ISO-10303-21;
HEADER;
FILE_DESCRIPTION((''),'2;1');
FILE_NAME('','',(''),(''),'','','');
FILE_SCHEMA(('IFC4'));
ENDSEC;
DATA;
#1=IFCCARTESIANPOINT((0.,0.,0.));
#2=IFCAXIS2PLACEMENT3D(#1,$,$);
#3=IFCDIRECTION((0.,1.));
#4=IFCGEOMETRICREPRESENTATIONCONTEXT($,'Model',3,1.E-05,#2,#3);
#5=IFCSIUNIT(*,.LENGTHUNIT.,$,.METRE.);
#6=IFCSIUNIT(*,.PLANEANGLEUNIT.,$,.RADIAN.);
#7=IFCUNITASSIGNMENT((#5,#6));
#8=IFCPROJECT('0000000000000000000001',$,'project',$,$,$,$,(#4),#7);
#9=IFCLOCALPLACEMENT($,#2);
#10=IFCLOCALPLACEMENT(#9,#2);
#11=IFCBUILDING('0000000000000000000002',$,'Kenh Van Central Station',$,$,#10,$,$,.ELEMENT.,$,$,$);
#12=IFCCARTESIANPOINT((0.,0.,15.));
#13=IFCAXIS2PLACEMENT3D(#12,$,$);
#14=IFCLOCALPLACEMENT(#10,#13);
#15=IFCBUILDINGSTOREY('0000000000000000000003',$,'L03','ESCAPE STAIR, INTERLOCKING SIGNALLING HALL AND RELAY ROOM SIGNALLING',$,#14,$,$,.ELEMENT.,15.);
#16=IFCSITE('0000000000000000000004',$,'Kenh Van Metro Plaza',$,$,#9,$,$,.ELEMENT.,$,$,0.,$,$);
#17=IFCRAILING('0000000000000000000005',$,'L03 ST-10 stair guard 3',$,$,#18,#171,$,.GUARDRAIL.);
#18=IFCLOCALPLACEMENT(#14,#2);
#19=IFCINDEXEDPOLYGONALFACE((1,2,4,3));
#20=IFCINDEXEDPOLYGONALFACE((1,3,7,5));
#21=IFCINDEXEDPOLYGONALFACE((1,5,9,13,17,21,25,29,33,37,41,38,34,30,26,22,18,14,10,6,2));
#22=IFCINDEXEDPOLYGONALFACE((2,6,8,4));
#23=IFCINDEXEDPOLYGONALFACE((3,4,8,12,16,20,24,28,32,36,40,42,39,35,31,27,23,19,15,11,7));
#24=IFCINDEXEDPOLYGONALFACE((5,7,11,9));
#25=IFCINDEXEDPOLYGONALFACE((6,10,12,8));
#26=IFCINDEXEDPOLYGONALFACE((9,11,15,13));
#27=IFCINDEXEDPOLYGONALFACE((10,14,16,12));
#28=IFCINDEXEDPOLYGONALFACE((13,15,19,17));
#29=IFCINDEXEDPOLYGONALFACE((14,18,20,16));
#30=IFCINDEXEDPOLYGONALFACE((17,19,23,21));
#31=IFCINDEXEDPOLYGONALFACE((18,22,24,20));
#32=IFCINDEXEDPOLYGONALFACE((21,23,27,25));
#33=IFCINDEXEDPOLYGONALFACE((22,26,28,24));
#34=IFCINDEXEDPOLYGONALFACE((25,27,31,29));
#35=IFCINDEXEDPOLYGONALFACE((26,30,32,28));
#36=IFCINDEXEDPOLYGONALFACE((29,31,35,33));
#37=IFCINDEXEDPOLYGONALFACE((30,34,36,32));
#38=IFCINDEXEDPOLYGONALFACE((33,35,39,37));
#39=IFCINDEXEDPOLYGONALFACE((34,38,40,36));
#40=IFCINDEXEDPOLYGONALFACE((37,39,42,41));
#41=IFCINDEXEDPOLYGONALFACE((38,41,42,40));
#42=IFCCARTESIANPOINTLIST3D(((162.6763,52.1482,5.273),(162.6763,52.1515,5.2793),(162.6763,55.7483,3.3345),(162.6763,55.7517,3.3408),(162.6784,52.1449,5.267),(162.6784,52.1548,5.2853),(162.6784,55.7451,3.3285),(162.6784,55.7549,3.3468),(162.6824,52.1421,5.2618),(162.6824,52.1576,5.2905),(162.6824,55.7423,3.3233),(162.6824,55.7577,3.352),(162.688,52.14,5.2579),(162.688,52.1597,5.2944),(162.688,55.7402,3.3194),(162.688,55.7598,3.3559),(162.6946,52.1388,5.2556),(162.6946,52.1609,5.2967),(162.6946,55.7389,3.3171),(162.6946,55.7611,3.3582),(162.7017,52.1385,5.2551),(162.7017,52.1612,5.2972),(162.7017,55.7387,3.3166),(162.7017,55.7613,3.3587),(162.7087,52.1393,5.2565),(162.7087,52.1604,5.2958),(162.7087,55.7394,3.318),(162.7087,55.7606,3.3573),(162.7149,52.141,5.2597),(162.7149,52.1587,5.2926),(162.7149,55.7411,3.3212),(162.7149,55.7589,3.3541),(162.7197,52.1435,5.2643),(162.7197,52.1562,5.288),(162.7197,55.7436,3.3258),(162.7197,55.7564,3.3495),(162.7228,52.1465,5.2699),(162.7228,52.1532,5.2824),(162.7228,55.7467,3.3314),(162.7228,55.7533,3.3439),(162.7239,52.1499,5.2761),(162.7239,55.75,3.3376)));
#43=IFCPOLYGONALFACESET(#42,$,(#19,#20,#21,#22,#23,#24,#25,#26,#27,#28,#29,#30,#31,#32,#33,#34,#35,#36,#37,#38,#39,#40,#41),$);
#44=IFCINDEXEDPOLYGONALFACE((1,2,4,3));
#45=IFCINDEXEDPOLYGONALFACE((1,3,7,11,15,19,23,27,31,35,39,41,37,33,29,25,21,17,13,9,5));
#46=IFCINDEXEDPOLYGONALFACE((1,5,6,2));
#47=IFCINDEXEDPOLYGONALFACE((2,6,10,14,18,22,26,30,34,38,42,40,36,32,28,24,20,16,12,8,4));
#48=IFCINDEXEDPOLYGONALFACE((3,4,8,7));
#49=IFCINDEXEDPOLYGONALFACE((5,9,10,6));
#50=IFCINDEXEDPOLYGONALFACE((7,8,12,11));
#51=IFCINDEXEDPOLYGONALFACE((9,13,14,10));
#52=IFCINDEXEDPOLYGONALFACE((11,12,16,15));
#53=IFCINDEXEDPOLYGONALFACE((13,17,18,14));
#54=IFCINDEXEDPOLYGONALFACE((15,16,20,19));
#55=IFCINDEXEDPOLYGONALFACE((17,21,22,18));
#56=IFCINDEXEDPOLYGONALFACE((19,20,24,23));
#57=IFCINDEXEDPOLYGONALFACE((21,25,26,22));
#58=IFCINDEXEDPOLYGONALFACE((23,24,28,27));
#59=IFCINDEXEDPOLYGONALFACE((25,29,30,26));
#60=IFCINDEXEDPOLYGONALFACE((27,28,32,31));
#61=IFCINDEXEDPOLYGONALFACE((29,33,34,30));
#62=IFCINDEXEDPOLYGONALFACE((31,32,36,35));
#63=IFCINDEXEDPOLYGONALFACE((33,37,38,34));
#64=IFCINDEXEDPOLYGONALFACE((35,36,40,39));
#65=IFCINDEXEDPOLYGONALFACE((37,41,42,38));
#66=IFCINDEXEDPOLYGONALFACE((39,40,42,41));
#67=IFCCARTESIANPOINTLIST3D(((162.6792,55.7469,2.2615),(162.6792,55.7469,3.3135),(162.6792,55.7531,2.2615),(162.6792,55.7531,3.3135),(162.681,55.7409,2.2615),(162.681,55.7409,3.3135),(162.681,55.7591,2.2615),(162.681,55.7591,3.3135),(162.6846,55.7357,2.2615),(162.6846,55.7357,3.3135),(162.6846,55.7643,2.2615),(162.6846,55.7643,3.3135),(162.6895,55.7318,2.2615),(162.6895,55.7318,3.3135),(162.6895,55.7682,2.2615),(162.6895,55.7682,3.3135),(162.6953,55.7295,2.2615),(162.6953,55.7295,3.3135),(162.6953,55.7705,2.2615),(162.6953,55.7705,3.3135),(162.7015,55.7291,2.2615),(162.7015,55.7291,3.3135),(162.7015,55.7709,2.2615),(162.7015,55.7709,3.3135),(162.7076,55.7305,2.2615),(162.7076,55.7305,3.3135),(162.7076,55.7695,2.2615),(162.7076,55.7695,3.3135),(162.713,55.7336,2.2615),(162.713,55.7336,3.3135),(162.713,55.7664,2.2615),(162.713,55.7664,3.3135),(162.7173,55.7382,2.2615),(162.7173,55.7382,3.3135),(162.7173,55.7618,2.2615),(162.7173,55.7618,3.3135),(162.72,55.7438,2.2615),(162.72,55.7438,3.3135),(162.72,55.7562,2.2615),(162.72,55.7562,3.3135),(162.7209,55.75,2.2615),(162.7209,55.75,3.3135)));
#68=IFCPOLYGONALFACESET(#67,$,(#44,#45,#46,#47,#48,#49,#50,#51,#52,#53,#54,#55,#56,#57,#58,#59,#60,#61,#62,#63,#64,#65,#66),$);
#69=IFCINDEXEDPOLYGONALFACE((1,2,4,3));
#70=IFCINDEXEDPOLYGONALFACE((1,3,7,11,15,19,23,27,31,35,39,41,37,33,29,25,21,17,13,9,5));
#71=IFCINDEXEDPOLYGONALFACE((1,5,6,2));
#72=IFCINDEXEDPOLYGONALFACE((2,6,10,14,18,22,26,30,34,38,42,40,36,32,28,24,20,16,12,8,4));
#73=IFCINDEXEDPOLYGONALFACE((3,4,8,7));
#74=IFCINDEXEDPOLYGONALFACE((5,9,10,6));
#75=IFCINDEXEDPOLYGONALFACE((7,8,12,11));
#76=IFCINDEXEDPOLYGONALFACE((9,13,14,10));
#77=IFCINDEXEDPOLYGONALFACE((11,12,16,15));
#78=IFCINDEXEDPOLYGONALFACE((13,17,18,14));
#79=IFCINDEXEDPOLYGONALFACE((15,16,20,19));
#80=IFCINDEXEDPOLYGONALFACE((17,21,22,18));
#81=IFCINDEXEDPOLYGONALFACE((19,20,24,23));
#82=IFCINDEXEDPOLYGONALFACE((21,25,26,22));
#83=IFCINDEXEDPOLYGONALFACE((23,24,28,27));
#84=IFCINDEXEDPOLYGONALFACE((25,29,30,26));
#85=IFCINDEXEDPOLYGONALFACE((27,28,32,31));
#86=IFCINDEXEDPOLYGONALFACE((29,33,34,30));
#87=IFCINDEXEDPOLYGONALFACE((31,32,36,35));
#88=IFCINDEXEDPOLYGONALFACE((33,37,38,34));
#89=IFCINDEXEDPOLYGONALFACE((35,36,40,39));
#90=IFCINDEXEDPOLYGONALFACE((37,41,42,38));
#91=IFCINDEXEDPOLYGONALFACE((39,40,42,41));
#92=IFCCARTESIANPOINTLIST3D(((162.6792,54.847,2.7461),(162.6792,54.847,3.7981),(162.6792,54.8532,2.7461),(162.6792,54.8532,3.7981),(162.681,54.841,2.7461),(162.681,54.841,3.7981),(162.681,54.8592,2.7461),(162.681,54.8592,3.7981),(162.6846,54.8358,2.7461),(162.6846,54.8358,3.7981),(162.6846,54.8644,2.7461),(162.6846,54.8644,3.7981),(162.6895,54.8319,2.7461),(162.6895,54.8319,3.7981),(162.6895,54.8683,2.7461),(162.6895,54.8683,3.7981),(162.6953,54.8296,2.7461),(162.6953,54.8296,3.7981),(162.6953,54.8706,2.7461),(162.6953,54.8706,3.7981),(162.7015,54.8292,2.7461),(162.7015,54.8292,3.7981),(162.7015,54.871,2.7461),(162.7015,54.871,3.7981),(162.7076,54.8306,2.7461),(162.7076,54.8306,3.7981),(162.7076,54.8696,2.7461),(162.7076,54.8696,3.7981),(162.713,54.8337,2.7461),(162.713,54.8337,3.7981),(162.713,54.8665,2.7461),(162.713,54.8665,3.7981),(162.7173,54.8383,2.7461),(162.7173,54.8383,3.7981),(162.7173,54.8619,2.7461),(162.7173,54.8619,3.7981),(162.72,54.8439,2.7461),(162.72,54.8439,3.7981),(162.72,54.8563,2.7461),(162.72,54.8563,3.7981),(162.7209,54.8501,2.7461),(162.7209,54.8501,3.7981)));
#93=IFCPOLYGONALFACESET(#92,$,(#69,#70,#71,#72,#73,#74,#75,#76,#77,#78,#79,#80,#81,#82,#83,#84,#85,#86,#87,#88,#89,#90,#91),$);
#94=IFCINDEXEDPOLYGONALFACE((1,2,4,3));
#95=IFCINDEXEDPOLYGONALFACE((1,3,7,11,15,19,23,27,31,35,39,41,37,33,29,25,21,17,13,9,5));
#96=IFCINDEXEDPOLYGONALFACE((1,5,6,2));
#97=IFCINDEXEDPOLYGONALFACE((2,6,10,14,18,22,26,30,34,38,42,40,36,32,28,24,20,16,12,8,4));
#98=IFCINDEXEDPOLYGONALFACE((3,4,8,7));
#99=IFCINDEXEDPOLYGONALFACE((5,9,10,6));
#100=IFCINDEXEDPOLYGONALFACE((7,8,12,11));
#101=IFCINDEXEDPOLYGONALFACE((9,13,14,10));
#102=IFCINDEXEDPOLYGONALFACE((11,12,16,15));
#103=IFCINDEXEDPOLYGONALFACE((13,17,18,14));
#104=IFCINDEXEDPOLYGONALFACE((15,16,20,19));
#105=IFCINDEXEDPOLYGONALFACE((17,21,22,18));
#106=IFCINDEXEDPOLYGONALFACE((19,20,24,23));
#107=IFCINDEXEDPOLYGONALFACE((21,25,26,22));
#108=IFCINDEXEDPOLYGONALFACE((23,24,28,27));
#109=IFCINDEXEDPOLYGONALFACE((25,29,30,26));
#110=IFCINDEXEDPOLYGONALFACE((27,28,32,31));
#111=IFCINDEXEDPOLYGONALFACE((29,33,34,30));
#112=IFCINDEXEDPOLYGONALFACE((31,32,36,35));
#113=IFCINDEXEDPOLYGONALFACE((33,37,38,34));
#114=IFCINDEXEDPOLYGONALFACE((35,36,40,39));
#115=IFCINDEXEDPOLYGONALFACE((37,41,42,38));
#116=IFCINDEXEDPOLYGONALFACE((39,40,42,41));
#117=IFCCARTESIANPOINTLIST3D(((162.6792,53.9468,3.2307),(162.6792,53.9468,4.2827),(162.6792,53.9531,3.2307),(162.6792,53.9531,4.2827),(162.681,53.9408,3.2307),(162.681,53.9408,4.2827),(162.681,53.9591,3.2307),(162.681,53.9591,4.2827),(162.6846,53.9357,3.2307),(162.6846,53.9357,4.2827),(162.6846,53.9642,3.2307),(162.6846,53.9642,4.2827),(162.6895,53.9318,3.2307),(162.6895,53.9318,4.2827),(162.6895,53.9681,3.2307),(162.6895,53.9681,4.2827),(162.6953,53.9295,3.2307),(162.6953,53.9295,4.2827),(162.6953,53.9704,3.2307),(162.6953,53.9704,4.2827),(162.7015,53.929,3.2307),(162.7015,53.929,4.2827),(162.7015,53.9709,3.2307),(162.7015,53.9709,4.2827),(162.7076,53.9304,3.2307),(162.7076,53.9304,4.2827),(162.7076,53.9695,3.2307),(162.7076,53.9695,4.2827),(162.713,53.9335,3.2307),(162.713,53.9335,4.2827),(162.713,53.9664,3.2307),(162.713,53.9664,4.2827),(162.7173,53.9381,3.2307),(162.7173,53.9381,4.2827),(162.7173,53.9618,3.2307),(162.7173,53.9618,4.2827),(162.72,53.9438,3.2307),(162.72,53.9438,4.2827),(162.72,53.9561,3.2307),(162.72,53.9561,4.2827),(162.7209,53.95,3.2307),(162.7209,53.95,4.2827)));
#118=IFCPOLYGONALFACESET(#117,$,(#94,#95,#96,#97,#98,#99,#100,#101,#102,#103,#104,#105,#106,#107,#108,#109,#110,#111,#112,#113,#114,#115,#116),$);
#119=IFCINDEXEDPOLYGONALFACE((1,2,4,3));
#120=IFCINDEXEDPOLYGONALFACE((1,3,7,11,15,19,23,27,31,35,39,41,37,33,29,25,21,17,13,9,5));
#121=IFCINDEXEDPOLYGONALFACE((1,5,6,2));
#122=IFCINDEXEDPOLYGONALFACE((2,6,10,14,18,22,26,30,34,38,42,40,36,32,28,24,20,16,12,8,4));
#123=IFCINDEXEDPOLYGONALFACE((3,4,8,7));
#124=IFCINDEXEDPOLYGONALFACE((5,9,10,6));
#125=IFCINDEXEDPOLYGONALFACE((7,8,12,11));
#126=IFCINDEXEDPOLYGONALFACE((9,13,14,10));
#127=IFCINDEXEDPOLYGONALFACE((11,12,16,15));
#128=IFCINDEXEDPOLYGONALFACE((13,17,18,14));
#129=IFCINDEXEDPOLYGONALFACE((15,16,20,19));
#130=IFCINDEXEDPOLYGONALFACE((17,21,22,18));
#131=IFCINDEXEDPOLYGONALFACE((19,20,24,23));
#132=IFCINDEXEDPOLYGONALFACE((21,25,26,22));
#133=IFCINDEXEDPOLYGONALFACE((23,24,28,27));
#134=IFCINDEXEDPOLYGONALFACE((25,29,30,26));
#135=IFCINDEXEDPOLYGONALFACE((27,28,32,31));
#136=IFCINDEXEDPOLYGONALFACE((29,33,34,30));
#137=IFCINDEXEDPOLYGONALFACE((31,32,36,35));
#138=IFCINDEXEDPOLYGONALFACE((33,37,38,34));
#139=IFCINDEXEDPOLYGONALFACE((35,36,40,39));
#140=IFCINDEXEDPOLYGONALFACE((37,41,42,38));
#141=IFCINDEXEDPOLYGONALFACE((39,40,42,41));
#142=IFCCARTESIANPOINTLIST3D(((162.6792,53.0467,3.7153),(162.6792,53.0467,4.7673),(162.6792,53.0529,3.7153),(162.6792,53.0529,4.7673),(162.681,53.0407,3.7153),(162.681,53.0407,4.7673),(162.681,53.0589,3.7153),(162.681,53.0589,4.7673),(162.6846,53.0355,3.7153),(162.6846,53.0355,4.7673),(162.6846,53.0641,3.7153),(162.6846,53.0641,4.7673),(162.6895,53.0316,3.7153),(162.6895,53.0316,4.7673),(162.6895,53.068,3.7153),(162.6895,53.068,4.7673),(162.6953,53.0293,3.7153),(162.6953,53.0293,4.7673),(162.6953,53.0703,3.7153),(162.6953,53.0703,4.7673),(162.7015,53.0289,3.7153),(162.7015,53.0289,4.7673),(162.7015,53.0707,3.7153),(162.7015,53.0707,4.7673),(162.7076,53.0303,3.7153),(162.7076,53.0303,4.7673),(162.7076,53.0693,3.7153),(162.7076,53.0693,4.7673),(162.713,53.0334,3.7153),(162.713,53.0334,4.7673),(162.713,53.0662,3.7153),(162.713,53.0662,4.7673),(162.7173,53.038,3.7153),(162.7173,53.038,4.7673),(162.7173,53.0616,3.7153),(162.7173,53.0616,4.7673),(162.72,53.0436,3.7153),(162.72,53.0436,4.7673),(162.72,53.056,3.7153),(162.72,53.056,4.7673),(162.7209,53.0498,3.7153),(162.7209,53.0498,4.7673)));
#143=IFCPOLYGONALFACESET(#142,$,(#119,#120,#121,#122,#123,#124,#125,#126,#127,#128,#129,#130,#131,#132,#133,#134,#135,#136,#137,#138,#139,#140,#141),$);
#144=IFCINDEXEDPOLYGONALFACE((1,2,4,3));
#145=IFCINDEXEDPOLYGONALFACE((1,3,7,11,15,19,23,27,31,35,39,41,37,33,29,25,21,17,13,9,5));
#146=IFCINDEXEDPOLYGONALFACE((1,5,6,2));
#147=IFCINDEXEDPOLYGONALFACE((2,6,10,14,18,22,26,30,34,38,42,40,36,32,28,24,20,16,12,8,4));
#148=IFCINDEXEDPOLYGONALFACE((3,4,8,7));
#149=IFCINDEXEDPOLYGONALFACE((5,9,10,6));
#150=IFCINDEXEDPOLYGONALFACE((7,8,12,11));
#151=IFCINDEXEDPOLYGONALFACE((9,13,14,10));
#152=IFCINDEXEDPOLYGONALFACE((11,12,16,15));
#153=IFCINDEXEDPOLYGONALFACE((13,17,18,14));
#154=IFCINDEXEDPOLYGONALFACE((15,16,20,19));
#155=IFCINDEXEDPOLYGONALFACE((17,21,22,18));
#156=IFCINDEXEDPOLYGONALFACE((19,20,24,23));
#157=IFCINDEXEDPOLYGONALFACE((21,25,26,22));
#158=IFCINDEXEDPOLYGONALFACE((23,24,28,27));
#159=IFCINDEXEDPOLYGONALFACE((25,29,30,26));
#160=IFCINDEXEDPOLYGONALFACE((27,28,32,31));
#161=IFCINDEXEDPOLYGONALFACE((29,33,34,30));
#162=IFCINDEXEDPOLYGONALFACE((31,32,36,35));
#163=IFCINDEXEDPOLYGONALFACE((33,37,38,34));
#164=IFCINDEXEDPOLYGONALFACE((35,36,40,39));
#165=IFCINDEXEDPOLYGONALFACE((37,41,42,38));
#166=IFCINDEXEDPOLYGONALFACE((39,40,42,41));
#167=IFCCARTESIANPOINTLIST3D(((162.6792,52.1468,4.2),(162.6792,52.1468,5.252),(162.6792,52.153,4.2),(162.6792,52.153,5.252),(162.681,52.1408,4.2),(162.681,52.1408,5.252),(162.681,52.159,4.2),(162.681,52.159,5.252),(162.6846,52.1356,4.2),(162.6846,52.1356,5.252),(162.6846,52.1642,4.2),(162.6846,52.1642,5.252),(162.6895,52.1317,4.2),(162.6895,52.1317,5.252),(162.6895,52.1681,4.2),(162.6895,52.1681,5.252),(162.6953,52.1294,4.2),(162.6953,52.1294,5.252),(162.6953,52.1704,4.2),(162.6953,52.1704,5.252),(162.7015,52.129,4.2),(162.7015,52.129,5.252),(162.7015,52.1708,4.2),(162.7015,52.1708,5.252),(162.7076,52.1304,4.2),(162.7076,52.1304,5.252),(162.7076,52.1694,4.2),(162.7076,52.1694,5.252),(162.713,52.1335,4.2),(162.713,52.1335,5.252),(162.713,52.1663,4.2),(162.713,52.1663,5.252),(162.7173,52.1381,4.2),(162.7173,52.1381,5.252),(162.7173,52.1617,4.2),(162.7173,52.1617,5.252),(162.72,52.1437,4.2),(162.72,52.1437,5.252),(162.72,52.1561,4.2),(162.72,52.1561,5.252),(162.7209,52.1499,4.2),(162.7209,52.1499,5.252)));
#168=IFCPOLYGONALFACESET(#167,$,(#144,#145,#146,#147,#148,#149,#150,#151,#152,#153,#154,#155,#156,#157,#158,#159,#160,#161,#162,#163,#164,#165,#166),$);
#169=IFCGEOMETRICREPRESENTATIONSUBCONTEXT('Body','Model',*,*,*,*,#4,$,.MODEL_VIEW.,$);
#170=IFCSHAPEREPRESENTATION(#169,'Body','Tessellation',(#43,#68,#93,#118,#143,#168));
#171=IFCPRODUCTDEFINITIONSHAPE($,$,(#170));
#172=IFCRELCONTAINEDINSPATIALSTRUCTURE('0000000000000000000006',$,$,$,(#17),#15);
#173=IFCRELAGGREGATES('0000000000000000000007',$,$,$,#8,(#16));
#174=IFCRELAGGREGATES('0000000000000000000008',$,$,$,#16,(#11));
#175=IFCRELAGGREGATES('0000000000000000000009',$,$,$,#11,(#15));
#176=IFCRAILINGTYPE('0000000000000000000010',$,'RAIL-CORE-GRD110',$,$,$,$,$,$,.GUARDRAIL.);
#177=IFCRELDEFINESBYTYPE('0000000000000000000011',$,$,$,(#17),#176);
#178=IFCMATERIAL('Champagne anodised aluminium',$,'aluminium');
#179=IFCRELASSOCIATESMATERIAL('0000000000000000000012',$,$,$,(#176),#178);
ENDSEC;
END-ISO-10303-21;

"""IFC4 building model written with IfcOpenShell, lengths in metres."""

from ifc_helpers import new_model, si_unit, direction, frame, origin, origin_2d, place, context, subcontext, project, spatial, circle, extrude, material, type_object, element, save


model = new_model("IFC4")

# Units and contexts
model_context = context("Model", 3, precision=1e-05, world=origin(), true_north=direction((0.0, 1.0)))
body_context = subcontext(model_context, "Body", "Model", "MODEL_VIEW")
ifc_project = project(units=[si_unit("LENGTHUNIT", "METRE"), si_unit("PLANEANGLEUNIT", "RADIAN")], contexts=[model_context])

# Site, building, storey
site_placement = place(None, origin())
site = spatial("IfcSite", under=ifc_project, at=site_placement, Name="Kenh Van Metro Plaza", CompositionType="ELEMENT", RefElevation=0.0)
building_placement = place(site_placement, origin())
building = spatial("IfcBuilding", under=site, at=building_placement, Name="Kenh Van Central Station", CompositionType="ELEMENT")
storey_placement = place(building_placement, frame((0.0, 0.0, 15.0)))
storey = spatial("IfcBuildingStorey", under=building, at=storey_placement, Name="L03", Description="ESCAPE STAIR, INTERLOCKING SIGNALLING HALL AND RELAY ROOM SIGNALLING", CompositionType="ELEMENT", Elevation=15.0)

# Railing
ifc_material_1 = material(Name="Champagne anodised aluminium", Category="aluminium")
railing_type_1 = type_object("IfcRailingType", Name="RAIL-CORE-GRD110", PredefinedType="GUARDRAIL", material=ifc_material_1)
railing_1_placement = place(storey_placement, frame((162.7, 55.75, 2.2615)))
element("IfcRailing", 1, at=railing_1_placement, inside=storey, type_object=railing_type_1, Name="L03 ST-10 stair guard 3", PredefinedType="GUARDRAIL", context=body_context, shape_type="SweptSolid", body=[
    extrude(circle(Radius=0.0239, at=origin_2d()), frame((0.0, 0.0, 1.0762), z_axis=(0.0, -0.880475, 0.474093), x_axis=(1.0, 0.0, 0.0)), (0.0, 0.0, 1.0), 4.0889),
    extrude(circle(Radius=0.021, at=origin_2d()), origin(), (0.0, 0.0, 1.0), 1.052),
    extrude(circle(Radius=0.021, at=origin_2d()), frame((0.0, -0.8999, 0.4846)), (0.0, 0.0, 1.0), 1.052),
    extrude(circle(Radius=0.021, at=origin_2d()), frame((0.0, -1.8, 0.9692)), (0.0, 0.0, 1.0), 1.052),
    extrude(circle(Radius=0.021, at=origin_2d()), frame((0.0, -2.7002, 1.4539)), (0.0, 0.0, 1.0), 1.052),
    extrude(circle(Radius=0.021, at=origin_2d()), frame((0.0, -3.6001, 1.9385)), (0.0, 0.0, 1.0), 1.052),
])

save(model, "model.ifc")
